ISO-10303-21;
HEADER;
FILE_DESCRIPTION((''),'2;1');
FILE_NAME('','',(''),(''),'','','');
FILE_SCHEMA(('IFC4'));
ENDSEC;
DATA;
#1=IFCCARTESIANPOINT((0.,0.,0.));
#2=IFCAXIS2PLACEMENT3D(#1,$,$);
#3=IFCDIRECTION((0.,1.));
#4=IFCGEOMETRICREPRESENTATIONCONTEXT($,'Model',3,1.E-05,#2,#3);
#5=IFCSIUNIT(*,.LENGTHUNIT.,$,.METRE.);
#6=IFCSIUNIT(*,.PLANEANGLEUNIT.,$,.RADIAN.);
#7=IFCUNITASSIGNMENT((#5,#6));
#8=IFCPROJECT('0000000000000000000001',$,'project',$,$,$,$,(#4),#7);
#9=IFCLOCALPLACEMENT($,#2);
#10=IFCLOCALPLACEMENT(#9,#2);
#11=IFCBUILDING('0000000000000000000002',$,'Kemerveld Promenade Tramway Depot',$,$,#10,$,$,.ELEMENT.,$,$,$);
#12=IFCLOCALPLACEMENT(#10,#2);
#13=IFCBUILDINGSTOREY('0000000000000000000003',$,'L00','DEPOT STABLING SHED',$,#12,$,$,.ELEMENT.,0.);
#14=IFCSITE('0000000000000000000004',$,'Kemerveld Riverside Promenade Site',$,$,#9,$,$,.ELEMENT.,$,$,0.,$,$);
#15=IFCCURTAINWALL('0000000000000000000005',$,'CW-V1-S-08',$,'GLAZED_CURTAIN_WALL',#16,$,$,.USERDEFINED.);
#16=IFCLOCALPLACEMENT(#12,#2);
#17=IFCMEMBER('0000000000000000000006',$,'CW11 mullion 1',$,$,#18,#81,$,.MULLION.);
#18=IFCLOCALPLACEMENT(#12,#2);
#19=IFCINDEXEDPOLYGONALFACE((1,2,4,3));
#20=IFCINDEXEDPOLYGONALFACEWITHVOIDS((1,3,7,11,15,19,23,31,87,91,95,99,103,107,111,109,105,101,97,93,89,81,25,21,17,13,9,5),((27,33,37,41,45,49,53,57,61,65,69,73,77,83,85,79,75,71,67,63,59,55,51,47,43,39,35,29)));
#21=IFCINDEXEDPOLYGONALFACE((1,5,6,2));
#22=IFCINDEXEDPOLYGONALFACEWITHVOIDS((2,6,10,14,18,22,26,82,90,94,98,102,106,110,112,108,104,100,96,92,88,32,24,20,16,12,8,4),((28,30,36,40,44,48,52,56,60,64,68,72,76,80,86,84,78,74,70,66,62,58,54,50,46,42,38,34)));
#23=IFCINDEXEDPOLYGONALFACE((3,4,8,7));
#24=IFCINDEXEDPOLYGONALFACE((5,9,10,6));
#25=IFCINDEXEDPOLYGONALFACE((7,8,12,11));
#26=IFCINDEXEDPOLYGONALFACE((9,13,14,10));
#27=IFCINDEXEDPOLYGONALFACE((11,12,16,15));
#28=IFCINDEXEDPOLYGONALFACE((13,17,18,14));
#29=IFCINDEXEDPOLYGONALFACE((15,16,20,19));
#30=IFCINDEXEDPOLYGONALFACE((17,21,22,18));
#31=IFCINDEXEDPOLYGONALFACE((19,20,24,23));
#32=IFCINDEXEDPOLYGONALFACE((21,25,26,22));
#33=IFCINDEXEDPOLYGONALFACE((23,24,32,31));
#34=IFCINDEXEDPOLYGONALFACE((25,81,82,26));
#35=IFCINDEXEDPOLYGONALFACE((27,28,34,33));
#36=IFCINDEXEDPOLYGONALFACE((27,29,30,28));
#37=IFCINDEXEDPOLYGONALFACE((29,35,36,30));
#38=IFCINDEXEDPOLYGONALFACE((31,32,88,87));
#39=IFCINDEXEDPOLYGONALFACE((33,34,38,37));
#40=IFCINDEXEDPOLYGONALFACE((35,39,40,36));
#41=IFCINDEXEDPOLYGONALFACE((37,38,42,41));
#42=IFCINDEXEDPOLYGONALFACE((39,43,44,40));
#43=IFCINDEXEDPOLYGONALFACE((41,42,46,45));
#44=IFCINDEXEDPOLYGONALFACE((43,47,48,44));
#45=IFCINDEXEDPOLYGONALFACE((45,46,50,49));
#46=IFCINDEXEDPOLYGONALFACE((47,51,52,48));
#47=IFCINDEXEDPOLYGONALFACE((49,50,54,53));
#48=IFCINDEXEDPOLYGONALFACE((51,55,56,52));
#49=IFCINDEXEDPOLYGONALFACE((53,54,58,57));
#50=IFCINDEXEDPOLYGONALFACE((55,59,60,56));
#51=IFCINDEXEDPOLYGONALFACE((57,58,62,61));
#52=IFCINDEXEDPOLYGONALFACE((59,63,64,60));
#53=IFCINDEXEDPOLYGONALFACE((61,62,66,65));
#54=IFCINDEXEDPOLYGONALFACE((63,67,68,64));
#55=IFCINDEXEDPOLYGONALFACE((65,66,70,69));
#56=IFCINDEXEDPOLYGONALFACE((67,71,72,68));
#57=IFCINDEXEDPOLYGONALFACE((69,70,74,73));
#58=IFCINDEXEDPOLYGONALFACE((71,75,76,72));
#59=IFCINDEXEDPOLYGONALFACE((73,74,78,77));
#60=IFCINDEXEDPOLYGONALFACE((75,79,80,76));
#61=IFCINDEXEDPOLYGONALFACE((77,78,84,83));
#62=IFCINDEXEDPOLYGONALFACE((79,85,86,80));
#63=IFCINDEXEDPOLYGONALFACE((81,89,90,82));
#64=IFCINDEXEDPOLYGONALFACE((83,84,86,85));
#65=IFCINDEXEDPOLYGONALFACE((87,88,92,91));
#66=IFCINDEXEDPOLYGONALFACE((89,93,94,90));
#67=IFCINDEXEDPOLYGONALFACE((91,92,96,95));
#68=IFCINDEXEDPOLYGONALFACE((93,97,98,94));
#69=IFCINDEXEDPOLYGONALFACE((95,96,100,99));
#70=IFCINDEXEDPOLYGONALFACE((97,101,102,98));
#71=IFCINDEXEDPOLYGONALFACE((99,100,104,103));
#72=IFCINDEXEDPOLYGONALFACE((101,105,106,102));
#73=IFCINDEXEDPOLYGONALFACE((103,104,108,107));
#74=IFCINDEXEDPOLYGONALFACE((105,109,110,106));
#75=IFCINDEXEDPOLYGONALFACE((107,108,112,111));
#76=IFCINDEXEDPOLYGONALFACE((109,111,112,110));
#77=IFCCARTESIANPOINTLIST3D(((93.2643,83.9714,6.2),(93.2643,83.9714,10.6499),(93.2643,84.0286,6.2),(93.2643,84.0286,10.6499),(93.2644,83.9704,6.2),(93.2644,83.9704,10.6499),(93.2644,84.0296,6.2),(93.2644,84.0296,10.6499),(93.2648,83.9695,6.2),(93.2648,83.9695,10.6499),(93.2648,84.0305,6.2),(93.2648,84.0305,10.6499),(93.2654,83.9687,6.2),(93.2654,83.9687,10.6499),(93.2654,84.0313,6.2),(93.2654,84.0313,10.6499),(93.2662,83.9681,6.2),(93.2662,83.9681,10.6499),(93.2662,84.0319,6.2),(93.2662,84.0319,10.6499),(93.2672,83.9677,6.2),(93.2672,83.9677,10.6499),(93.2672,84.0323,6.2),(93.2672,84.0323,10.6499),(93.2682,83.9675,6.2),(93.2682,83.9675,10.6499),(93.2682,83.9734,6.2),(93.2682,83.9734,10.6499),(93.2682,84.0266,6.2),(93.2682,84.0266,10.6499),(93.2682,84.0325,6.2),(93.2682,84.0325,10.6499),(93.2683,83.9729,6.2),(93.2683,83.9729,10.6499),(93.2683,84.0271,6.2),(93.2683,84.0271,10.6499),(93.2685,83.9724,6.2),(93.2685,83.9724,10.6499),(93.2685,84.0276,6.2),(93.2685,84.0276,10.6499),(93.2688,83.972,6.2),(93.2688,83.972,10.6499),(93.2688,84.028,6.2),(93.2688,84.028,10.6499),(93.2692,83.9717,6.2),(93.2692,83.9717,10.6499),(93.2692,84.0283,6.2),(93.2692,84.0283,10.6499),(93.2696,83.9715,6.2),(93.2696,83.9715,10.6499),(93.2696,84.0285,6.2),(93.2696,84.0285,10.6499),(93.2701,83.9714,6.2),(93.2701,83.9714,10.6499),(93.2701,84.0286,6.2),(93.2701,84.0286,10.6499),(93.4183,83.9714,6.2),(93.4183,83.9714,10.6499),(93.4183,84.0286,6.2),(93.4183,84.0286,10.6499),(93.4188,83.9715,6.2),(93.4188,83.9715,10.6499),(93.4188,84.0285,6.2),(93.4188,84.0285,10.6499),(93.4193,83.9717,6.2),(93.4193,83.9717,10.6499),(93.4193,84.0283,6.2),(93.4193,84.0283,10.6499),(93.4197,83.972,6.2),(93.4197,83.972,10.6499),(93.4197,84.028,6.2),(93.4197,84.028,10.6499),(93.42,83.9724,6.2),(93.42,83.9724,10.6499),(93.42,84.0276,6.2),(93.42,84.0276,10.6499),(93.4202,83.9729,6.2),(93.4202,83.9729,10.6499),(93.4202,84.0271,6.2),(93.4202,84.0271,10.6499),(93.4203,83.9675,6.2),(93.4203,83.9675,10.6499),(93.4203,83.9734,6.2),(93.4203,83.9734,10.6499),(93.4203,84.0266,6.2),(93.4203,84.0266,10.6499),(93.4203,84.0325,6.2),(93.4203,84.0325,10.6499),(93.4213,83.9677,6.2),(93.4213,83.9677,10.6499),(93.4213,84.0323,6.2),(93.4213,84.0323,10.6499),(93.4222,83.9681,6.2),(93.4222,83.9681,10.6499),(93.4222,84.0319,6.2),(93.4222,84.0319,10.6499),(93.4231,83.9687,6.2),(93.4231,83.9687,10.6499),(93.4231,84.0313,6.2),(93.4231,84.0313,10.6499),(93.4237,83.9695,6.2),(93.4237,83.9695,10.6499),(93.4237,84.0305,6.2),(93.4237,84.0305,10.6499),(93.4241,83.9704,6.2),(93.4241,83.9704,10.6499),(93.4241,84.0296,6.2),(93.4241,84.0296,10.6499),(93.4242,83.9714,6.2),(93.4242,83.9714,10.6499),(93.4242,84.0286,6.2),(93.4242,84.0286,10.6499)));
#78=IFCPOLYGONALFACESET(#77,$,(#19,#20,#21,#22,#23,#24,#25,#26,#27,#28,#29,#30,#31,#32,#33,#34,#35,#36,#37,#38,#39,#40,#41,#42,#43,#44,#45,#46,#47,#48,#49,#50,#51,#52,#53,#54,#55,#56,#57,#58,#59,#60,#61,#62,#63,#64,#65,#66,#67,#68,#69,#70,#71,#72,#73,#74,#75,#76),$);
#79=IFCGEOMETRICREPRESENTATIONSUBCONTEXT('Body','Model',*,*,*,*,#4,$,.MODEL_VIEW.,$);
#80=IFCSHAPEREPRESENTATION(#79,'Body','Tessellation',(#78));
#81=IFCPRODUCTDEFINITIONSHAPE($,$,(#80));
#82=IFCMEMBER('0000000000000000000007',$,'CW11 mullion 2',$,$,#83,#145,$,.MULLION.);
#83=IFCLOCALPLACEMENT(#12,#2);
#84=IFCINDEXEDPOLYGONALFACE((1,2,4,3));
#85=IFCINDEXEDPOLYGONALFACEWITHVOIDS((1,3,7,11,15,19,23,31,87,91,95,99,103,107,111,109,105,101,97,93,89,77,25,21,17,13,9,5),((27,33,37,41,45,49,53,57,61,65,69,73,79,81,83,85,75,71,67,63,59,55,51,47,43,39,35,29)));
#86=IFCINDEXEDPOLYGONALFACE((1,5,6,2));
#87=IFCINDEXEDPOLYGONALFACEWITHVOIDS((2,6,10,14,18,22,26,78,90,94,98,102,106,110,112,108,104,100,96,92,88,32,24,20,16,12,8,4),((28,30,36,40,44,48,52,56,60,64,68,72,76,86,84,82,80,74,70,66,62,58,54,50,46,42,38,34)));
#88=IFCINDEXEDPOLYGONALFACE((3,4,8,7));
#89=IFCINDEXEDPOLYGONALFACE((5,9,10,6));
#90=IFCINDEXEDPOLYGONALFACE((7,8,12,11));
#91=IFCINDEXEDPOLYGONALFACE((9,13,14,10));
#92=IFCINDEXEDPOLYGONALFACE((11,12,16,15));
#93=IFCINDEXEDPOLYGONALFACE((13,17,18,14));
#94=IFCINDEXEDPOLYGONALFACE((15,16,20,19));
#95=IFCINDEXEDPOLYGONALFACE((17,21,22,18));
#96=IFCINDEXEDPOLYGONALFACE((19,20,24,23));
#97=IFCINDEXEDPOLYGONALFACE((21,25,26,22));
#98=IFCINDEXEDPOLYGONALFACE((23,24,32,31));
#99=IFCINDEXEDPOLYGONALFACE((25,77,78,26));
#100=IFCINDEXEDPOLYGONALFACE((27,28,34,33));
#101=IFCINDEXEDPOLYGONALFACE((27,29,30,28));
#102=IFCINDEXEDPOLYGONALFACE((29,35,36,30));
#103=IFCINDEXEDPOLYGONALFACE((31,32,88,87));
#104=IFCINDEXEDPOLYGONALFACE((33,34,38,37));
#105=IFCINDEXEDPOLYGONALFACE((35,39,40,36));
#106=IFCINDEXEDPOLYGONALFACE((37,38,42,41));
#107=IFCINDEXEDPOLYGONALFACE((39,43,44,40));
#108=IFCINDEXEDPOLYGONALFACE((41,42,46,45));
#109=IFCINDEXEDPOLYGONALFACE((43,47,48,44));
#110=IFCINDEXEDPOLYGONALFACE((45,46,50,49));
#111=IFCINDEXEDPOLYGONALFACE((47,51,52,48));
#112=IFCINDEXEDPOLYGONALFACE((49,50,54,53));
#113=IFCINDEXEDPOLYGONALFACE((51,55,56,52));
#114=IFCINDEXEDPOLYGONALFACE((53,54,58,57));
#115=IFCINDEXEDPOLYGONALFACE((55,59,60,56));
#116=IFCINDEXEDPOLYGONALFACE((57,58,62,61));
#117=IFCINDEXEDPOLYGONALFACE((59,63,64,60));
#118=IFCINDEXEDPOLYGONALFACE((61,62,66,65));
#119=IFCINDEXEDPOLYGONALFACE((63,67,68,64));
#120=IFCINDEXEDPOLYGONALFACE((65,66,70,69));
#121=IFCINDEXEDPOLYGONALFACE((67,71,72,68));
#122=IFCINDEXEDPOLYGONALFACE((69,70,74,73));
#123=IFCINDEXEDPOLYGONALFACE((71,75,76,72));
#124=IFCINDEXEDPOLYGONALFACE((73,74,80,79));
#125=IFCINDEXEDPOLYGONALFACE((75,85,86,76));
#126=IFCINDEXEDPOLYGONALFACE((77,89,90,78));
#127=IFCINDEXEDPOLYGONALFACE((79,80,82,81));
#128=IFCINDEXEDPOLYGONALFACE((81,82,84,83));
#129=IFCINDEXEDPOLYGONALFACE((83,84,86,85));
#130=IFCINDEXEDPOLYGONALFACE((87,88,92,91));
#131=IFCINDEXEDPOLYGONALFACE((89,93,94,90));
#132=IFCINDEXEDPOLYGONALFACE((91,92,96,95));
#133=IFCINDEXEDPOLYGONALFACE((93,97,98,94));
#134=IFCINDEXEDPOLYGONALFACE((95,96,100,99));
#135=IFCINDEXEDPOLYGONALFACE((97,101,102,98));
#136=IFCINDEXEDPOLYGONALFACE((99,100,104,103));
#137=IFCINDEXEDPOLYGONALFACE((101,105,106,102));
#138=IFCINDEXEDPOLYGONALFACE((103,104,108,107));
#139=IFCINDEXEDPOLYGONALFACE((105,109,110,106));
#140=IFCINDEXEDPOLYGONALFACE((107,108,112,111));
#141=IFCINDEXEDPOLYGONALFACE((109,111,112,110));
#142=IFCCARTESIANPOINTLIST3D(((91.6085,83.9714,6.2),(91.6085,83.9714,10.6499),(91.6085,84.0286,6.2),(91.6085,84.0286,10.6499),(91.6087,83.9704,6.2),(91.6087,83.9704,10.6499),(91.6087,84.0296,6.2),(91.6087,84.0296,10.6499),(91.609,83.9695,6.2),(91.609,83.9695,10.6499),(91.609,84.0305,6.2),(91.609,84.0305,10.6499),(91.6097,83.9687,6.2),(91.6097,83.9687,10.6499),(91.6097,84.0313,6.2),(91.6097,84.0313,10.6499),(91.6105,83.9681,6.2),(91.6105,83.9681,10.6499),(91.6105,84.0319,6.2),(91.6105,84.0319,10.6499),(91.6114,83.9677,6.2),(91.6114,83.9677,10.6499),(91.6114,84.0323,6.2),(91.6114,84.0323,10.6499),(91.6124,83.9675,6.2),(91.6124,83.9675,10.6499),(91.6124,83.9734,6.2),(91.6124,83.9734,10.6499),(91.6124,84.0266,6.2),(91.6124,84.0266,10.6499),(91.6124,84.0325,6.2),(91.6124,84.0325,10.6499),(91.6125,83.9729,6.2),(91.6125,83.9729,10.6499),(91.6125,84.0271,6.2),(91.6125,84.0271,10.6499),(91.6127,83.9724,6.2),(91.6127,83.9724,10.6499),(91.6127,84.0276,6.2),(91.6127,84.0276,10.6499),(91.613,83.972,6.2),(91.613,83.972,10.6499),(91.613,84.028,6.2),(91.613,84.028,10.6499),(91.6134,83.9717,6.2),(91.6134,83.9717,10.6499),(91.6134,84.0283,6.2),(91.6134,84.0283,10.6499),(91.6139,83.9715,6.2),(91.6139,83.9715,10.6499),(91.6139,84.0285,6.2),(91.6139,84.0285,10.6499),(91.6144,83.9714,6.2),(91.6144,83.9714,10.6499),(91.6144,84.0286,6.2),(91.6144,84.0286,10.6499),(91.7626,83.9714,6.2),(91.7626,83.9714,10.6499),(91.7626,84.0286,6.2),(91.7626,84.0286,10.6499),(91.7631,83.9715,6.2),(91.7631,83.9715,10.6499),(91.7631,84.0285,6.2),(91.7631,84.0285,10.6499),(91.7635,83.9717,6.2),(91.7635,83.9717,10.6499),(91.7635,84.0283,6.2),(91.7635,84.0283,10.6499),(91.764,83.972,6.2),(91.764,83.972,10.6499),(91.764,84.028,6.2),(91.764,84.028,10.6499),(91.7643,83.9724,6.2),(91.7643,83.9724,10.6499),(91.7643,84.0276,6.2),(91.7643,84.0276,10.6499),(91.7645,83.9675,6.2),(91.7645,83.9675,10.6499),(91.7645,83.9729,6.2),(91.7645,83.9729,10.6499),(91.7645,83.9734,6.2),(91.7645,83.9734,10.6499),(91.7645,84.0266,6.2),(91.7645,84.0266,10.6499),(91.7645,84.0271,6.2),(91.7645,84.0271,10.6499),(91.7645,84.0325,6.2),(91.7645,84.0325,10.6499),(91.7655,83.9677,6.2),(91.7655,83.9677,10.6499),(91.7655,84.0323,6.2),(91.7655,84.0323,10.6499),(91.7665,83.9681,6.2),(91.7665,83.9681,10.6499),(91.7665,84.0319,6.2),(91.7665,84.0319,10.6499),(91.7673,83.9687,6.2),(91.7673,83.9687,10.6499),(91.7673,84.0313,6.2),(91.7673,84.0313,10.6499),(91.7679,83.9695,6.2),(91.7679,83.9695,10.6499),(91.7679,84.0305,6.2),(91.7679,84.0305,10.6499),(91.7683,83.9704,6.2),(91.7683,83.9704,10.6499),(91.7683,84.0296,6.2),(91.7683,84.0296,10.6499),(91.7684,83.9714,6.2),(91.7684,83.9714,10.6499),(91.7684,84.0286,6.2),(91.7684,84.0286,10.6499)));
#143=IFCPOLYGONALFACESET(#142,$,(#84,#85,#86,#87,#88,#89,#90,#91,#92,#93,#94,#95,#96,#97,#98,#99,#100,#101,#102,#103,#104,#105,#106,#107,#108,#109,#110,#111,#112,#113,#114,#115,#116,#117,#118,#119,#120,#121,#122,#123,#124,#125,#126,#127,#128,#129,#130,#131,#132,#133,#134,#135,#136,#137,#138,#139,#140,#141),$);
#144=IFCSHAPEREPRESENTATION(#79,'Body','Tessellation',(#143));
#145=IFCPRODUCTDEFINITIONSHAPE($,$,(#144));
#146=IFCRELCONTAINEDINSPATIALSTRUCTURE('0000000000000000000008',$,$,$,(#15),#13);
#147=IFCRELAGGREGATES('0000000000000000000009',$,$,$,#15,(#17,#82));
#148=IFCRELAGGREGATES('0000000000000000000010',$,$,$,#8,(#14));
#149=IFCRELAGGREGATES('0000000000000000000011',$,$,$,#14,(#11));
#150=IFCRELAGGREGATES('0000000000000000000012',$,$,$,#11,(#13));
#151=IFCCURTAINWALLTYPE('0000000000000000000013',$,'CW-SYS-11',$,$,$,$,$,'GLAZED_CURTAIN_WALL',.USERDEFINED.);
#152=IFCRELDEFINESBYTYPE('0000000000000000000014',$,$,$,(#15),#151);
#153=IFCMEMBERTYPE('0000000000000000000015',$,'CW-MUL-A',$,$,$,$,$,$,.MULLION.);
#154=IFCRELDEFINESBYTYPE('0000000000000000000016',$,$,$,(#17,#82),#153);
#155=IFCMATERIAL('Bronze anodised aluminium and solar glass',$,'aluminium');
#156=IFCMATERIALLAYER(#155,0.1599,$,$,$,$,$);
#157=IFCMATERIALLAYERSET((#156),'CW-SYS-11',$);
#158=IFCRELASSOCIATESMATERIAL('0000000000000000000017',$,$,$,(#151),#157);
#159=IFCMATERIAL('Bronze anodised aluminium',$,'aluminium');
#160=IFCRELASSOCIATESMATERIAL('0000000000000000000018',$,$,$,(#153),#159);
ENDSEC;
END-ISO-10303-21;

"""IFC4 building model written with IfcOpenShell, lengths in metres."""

from ifc_helpers import new_model, si_unit, direction, frame, origin, origin_2d, place, context, subcontext, project, spatial, hollow_rectangle, extrude, material, layer, layer_set, material_profile, profile_set, type_object, element, aggregate, save


model = new_model("IFC4")

# Units and contexts
model_context = context("Model", 3, precision=1e-05, world=origin(), true_north=direction((0.0, 1.0)))
body_context = subcontext(model_context, "Body", "Model", "MODEL_VIEW")
ifc_project = project(units=[si_unit("LENGTHUNIT", "METRE"), si_unit("PLANEANGLEUNIT", "RADIAN")], contexts=[model_context])

# Site, building, storey
site_placement = place(None, origin())
site = spatial("IfcSite", under=ifc_project, at=site_placement, Name="Kemerveld Riverside Promenade Site", CompositionType="ELEMENT", RefElevation=0.0)
building_placement = place(site_placement, origin())
building = spatial("IfcBuilding", under=site, at=building_placement, Name="Kemerveld Promenade Tramway Depot", CompositionType="ELEMENT")
storey_placement = place(building_placement, origin())
storey = spatial("IfcBuildingStorey", under=building, at=storey_placement, Name="L00", Description="DEPOT STABLING SHED", CompositionType="ELEMENT", Elevation=0.0)

# Curtain wall, members
ifc_material_1 = material(Name="Bronze anodised aluminium and solar glass", Category="aluminium")
ifc_layer_1 = layer(ifc_material_1, 0.1599)
ifc_layer_set_1 = layer_set([ifc_layer_1], Name="CW-SYS-11")
curtain_wall_type_1 = type_object("IfcCurtainWallType", Name="CW-SYS-11", ElementType="GLAZED_CURTAIN_WALL", PredefinedType="USERDEFINED", material=ifc_layer_set_1)
curtain_wall_1_placement = place(storey_placement, origin())
curtain_wall_1 = element("IfcCurtainWall", 1, at=curtain_wall_1_placement, inside=storey, type_object=curtain_wall_type_1, Name="CW-V1-S-08", ObjectType="GLAZED_CURTAIN_WALL", PredefinedType="USERDEFINED")
ifc_material_2 = material(Name="Bronze anodised aluminium", Category="aluminium")
ifc_material_profile_1 = material_profile(ifc_material_2, hollow_rectangle(XDim=0.0649, YDim=0.1599, WallThickness=0.0039, InnerFilletRadius=0.002, OuterFilletRadius=0.0039, at=origin_2d()), Name="CW-MUL-160x65")
ifc_profile_set_1 = profile_set([ifc_material_profile_1], Name="Bronze anodised aluminium")
member_type_1 = type_object("IfcMemberType", Name="CW-MUL-A", PredefinedType="MULLION", material=ifc_profile_set_1)
member_1_placement = place(storey_placement, frame((93.3442, 84.0, 6.2), z_axis=(0.0, 0.0, 1.0), x_axis=(0.0, -1.0, 0.0)))
member_1 = element("IfcMember", 2, at=member_1_placement, type_object=member_type_1, Name="CW11 mullion 1", PredefinedType="MULLION", context=body_context, shape_type="SweptSolid", body=[
    extrude(hollow_rectangle(XDim=0.0649, YDim=0.1599, WallThickness=0.0039, InnerFilletRadius=0.002, OuterFilletRadius=0.0039, at=origin_2d()), origin(), (0.0, 0.0, 1.0), 4.45),
])
member_2_placement = place(storey_placement, frame((91.6885, 84.0, 6.2), z_axis=(0.0, 0.0, 1.0), x_axis=(0.0, -1.0, 0.0)))
member_2 = element("IfcMember", 3, at=member_2_placement, type_object=member_type_1, Name="CW11 mullion 2", PredefinedType="MULLION", context=body_context, shape_type="SweptSolid", body=[
    extrude(hollow_rectangle(XDim=0.0649, YDim=0.1599, WallThickness=0.0039, InnerFilletRadius=0.002, OuterFilletRadius=0.0039, at=origin_2d()), origin(), (0.0, 0.0, 1.0), 4.45),
])

aggregate(curtain_wall_1, [member_1, member_2])

save(model, "model.ifc")
